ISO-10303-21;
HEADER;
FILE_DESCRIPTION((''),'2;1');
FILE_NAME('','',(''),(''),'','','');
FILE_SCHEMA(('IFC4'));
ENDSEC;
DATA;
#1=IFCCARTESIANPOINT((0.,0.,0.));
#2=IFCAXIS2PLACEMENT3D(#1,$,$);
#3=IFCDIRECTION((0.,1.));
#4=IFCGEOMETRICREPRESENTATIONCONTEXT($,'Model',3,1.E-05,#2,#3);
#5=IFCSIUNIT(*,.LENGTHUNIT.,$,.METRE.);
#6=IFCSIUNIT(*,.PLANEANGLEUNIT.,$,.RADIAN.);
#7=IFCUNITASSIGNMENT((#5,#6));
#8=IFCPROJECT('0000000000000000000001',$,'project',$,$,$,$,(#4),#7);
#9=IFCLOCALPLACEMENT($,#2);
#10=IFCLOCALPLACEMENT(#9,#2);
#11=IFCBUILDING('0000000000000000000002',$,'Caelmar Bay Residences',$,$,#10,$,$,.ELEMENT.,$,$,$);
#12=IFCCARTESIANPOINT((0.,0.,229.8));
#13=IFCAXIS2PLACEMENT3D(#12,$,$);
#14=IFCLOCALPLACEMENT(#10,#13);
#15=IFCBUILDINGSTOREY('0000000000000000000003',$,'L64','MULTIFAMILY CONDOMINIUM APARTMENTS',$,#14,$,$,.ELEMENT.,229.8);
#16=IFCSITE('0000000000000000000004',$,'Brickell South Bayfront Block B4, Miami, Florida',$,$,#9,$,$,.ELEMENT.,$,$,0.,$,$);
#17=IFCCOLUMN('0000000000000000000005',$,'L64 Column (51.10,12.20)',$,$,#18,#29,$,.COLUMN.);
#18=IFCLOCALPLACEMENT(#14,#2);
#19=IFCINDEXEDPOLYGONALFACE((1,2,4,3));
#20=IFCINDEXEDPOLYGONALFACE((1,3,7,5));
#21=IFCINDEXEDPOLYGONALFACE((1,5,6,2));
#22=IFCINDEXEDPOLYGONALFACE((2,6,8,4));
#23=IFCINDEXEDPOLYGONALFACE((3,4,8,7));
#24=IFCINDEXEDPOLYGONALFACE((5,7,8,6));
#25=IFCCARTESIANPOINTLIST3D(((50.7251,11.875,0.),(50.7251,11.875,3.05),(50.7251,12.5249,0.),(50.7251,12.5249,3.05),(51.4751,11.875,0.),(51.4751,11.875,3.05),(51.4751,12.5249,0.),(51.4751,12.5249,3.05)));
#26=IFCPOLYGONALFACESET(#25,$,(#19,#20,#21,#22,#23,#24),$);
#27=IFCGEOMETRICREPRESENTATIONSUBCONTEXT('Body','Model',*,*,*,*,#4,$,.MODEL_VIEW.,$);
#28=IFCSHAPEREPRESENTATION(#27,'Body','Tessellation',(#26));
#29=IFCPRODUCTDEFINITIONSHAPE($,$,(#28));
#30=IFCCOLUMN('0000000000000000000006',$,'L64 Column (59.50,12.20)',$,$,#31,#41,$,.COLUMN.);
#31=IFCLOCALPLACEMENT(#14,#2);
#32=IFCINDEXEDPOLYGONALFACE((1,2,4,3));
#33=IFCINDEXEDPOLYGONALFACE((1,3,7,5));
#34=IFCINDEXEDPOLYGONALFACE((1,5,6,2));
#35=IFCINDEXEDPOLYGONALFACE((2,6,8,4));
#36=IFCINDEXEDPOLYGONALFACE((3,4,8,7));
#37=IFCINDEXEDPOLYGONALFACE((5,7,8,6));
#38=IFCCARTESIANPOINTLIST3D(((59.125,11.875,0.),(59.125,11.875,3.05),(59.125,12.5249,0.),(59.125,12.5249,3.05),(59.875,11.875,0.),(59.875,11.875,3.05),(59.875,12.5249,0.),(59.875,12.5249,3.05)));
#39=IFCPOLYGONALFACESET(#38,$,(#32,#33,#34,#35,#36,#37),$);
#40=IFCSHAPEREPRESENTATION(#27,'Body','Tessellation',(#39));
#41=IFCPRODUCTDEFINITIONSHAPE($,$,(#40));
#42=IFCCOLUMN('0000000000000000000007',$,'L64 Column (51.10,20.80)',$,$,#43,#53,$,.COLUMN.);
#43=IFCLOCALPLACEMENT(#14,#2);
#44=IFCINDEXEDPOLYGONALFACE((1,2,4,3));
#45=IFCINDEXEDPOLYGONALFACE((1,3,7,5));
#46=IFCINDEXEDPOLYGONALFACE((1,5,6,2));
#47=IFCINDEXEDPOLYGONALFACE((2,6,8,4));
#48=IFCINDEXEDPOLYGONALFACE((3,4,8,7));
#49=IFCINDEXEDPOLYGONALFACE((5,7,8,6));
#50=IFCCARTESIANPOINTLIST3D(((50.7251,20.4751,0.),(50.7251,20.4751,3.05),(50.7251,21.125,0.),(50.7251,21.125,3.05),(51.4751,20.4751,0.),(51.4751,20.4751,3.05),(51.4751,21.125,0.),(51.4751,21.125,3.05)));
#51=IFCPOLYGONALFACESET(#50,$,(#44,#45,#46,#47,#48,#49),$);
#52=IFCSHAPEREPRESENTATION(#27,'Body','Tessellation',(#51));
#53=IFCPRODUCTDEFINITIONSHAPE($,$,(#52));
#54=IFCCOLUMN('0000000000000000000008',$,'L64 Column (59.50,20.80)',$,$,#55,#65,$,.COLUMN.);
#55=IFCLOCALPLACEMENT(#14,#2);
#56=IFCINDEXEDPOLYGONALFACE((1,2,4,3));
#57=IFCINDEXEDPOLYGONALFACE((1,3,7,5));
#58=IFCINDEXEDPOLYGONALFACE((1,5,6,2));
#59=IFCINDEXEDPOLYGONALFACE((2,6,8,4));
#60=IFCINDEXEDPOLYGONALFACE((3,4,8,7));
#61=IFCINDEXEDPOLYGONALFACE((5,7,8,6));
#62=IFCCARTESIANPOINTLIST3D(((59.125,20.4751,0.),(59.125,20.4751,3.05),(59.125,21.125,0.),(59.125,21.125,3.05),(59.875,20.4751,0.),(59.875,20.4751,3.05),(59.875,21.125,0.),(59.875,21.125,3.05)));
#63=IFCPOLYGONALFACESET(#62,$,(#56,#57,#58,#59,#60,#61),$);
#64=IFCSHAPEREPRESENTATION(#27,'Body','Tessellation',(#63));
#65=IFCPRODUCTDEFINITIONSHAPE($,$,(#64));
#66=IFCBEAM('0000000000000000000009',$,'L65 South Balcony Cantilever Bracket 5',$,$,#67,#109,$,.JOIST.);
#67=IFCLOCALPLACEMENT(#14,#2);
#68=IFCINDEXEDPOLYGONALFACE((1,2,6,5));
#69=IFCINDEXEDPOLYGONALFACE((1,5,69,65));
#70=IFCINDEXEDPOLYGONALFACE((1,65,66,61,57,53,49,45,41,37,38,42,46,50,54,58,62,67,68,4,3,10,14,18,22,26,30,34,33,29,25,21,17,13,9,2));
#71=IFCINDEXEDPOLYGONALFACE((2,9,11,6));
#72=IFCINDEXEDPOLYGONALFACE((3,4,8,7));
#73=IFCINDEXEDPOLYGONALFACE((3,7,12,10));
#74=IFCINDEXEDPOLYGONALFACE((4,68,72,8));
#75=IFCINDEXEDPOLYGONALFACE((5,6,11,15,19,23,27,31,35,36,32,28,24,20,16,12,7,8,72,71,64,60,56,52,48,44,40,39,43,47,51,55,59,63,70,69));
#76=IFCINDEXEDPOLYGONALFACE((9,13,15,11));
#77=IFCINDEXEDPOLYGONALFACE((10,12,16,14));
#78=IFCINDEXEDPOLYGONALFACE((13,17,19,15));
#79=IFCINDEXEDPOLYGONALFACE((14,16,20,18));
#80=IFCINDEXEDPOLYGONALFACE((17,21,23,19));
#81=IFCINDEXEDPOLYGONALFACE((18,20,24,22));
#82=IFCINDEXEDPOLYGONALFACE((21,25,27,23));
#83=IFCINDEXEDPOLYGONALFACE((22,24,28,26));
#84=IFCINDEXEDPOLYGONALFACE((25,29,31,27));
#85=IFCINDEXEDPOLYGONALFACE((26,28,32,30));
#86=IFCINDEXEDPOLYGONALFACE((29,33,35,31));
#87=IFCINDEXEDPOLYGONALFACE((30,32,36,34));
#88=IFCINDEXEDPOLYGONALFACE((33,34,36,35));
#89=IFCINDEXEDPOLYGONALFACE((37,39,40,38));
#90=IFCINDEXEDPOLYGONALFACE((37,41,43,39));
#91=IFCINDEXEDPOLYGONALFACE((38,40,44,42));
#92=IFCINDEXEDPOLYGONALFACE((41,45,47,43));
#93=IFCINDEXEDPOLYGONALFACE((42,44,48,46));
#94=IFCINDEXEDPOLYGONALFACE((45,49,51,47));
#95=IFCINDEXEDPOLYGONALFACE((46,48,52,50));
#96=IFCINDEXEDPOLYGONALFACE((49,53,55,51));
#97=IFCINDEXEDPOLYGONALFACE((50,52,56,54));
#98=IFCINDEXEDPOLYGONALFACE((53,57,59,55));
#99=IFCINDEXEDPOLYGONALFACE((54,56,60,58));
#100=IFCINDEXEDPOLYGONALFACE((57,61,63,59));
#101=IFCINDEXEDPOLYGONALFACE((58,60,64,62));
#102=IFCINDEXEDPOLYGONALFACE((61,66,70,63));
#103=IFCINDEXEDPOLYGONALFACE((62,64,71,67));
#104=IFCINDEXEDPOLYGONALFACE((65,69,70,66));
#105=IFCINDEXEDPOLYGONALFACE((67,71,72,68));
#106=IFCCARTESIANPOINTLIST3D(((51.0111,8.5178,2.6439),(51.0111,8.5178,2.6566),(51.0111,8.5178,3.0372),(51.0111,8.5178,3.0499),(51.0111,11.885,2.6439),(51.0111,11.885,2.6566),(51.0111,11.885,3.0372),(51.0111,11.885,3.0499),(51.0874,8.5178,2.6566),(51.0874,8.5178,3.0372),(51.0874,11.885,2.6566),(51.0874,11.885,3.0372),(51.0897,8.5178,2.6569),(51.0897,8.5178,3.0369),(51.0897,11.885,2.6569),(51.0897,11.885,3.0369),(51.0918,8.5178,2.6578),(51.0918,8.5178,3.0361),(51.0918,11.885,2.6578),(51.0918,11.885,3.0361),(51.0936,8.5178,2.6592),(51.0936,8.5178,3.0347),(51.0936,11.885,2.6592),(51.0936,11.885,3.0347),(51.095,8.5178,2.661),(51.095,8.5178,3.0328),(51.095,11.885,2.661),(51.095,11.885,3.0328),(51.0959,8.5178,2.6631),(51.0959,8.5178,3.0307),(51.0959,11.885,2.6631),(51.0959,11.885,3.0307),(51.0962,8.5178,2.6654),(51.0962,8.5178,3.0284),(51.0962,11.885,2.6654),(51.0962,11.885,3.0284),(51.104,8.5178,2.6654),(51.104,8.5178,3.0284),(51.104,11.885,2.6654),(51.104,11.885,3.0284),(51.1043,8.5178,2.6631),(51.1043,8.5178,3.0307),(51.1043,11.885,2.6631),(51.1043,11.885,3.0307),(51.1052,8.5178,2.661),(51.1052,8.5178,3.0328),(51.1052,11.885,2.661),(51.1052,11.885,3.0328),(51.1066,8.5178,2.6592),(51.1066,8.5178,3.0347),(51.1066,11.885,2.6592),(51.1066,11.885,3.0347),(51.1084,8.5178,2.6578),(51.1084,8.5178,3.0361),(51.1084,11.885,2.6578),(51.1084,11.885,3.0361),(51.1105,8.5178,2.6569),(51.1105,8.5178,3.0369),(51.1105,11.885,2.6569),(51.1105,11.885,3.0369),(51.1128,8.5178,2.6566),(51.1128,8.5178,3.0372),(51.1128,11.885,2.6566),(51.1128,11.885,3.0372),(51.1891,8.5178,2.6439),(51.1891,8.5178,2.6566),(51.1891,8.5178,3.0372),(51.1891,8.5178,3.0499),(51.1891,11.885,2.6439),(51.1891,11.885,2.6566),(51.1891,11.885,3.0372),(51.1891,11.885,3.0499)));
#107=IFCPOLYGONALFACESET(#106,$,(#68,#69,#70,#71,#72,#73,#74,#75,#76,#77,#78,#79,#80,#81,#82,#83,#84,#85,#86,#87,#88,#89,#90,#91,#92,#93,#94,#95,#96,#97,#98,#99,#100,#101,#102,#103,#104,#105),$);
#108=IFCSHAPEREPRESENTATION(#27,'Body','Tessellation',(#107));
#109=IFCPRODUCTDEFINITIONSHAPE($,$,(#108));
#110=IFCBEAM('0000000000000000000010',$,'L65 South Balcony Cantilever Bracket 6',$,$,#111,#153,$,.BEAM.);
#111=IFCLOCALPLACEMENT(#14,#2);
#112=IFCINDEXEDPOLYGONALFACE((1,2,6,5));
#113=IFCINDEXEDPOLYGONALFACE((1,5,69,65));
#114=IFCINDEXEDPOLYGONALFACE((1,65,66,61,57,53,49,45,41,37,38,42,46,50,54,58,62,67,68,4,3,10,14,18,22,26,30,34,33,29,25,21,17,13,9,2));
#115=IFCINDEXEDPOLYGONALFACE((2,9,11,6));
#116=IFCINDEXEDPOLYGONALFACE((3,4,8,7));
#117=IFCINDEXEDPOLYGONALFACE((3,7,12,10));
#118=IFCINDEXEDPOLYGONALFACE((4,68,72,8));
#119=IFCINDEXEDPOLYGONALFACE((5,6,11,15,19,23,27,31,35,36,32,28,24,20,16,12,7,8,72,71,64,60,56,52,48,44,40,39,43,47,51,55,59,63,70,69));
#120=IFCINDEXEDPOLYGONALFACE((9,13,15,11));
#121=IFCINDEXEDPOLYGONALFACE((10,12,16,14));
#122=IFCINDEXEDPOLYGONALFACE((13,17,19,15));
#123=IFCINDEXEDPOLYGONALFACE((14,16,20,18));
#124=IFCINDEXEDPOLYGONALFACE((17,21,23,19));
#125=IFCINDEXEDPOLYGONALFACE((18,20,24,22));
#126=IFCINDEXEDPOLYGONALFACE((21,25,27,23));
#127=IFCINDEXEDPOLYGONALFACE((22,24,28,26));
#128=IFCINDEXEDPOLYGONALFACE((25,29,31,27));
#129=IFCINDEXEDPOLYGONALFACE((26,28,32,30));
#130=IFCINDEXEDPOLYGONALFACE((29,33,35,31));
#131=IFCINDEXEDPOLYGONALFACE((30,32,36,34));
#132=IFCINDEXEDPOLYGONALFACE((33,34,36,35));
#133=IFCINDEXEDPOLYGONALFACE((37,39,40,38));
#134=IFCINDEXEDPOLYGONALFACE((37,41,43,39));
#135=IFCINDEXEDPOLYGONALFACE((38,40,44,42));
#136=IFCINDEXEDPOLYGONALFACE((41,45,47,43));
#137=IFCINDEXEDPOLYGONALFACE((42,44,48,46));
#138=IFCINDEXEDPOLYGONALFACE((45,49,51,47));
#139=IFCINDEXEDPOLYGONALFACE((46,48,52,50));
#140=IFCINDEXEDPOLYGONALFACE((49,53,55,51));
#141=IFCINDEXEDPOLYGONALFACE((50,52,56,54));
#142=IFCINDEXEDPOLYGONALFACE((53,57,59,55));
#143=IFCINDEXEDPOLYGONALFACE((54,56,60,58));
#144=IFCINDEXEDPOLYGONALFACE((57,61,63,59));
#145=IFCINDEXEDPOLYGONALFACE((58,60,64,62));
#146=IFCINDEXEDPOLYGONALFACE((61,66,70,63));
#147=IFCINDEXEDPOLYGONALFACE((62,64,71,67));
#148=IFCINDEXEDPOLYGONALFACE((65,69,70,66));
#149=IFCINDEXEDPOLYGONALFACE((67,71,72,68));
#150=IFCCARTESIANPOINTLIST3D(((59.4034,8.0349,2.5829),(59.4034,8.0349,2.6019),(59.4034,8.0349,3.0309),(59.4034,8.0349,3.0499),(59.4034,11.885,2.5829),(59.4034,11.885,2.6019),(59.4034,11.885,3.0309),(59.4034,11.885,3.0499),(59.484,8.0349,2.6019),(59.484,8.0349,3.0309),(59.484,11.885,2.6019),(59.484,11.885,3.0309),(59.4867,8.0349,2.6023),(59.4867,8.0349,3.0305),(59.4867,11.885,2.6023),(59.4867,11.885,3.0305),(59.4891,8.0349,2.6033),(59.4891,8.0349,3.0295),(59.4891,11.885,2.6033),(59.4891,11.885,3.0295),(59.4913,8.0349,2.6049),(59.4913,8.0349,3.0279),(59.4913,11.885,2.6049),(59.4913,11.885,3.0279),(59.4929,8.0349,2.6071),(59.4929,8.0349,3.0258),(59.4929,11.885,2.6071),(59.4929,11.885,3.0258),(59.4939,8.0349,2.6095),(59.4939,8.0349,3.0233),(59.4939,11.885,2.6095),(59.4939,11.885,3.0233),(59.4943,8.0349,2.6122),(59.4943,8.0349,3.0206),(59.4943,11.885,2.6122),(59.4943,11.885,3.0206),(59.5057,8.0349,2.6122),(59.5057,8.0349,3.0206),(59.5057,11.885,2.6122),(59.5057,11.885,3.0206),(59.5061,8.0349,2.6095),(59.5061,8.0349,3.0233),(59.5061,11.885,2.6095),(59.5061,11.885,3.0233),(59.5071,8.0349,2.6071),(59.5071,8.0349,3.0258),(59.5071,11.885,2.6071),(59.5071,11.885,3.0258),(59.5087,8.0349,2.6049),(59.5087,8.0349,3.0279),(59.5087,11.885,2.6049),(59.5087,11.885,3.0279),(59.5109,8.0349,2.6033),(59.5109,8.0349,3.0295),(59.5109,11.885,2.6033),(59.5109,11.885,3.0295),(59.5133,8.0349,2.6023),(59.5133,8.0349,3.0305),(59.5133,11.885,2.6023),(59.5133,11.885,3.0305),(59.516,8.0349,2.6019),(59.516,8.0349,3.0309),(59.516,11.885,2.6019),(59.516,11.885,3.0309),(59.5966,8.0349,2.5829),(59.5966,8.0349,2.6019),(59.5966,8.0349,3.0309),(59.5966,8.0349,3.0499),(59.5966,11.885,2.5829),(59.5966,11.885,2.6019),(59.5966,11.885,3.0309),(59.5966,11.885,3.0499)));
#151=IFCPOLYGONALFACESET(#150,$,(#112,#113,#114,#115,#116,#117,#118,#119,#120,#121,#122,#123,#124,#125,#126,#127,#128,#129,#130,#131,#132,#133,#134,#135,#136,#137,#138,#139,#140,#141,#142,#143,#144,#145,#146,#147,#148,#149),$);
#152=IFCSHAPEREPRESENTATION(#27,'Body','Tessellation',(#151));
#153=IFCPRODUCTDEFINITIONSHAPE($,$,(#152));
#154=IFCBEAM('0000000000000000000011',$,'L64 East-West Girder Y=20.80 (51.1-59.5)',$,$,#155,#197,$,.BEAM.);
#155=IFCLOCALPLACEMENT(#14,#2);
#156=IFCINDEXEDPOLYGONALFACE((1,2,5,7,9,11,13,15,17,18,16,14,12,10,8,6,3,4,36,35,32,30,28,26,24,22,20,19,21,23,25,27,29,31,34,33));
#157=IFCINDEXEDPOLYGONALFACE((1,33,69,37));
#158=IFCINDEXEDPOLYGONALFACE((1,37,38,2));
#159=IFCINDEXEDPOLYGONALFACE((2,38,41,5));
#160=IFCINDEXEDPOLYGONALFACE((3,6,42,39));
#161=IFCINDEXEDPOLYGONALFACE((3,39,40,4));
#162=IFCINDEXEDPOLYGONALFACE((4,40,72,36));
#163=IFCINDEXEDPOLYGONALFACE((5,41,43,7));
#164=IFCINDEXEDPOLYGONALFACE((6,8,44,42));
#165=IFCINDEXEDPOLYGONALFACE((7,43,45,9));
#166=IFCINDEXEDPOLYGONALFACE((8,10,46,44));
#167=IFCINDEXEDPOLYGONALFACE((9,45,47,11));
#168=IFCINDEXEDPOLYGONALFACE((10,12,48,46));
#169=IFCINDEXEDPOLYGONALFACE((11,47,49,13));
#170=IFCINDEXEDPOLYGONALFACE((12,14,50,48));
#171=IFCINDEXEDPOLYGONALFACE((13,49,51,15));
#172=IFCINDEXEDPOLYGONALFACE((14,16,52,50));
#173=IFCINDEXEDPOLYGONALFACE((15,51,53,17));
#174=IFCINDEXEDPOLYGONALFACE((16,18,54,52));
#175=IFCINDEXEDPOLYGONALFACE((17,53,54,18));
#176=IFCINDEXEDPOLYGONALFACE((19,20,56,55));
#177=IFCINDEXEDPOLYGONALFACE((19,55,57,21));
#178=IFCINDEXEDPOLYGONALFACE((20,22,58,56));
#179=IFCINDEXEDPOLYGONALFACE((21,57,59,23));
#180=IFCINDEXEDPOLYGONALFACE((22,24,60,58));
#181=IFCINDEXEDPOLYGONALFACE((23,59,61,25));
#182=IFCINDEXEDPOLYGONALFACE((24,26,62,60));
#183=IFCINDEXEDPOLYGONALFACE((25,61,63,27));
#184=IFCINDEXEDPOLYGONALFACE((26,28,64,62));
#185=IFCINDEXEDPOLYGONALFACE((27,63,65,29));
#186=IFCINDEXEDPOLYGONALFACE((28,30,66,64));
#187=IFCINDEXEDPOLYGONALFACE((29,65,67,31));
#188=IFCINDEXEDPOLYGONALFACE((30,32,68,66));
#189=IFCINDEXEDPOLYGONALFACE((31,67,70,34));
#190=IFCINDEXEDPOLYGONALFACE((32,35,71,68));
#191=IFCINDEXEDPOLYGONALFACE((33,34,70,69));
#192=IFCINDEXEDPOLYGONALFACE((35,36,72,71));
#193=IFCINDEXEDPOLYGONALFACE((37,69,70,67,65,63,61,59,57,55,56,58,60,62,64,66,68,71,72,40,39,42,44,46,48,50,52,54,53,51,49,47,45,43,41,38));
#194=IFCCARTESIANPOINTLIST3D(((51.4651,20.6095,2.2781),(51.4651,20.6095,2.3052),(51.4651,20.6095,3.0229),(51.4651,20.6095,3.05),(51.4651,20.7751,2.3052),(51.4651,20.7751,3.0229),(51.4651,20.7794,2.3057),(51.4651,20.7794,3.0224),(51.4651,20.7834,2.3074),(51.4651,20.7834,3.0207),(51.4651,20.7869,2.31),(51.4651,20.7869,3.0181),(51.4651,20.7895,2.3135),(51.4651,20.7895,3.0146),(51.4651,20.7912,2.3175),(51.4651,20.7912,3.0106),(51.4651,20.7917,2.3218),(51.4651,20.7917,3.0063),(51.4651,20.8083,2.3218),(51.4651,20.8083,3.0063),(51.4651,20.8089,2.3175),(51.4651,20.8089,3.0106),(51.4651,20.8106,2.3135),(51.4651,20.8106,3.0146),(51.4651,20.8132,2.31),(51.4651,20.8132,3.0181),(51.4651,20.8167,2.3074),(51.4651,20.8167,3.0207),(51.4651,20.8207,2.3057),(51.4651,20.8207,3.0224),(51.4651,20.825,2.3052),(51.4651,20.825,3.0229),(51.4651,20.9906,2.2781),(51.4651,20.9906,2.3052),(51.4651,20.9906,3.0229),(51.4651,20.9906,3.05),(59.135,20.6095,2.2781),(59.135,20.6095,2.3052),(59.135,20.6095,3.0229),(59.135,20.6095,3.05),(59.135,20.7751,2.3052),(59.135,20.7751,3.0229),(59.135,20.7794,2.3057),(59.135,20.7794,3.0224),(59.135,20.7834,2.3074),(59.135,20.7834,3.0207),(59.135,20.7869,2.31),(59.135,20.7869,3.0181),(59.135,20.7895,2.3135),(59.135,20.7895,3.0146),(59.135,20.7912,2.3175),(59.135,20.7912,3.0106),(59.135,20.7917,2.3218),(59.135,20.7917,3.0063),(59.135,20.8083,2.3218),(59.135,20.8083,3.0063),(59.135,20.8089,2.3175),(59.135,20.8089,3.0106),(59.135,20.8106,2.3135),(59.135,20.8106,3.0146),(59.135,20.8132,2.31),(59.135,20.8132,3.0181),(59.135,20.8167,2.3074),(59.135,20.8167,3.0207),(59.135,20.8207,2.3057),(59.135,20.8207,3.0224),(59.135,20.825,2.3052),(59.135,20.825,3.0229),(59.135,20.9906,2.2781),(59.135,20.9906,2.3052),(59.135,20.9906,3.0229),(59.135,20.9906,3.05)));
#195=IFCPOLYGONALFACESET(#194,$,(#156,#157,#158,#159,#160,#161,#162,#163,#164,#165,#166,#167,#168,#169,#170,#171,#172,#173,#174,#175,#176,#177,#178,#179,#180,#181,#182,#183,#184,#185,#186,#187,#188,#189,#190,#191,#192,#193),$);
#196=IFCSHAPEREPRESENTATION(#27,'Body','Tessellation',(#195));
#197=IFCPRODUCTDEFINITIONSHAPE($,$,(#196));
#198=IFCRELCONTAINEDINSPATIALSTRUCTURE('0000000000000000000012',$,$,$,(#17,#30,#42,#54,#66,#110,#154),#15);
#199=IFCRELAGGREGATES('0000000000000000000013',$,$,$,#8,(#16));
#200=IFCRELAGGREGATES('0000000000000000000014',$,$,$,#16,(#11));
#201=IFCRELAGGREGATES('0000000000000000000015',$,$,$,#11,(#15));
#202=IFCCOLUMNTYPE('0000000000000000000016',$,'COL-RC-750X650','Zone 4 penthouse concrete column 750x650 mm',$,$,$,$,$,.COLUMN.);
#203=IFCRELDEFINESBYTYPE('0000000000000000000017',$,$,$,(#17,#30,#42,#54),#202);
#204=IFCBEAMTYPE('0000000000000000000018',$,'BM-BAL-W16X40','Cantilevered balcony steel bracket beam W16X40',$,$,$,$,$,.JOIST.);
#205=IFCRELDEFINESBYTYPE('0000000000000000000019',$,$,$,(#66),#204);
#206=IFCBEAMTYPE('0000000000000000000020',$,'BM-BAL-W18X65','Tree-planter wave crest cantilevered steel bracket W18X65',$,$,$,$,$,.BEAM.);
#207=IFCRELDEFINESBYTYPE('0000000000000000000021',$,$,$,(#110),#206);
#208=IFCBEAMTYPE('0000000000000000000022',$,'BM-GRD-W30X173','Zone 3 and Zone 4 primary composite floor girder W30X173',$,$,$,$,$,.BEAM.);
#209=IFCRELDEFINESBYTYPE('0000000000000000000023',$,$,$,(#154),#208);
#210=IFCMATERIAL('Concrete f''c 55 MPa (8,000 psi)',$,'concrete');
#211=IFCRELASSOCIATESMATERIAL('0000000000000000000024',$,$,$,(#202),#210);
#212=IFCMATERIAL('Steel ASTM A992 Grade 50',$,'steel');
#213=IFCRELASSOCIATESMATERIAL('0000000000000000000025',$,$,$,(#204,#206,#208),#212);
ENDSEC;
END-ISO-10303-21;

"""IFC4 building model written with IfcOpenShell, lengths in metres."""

from ifc_helpers import new_model, si_unit, direction, frame, origin, origin_2d, place, context, subcontext, project, spatial, rectangle, i_section, extrude, material, material_profile, profile_set, type_object, element, save


model = new_model("IFC4")

# Units and contexts
model_context = context("Model", 3, precision=1e-05, world=origin(), true_north=direction((0.0, 1.0)))
body_context = subcontext(model_context, "Body", "Model", "MODEL_VIEW")
ifc_project = project(units=[si_unit("LENGTHUNIT", "METRE"), si_unit("PLANEANGLEUNIT", "RADIAN")], contexts=[model_context])

# Site, building, storey
site_placement = place(None, origin())
site = spatial("IfcSite", under=ifc_project, at=site_placement, Name="Brickell South Bayfront Block B4, Miami, Florida", CompositionType="ELEMENT", RefElevation=0.0)
building_placement = place(site_placement, origin())
building = spatial("IfcBuilding", under=site, at=building_placement, Name="Caelmar Bay Residences", CompositionType="ELEMENT")
storey_placement = place(building_placement, frame((0.0, 0.0, 229.8)))
storey = spatial("IfcBuildingStorey", under=building, at=storey_placement, Name="L64", Description="MULTIFAMILY CONDOMINIUM APARTMENTS", CompositionType="ELEMENT", Elevation=229.8)

# Columns
ifc_material_1 = material(Name="Concrete f'c 55 MPa (8,000 psi)", Category="concrete")
ifc_material_profile_1 = material_profile(ifc_material_1, rectangle(XDim=0.75, YDim=0.6499, at=origin_2d()), Name="RC-COL-750X650")
ifc_profile_set_1 = profile_set([ifc_material_profile_1], Name="Concrete f'c 55 MPa (8,000 psi)")
column_type = type_object("IfcColumnType", Name="COL-RC-750X650", Description="Zone 4 penthouse concrete column 750x650 mm", PredefinedType="COLUMN", material=ifc_profile_set_1)
for number, where, z_axis, x_axis, name in (
    (1, (51.1001, 12.2, 0.0), (0.0, 0.0, 1.0), (1.0, 0.0, 0.0), "L64 Column (51.10,12.20)"),
    (2, (59.5, 12.2, 0.0), (0.0, 0.0, 1.0), (1.0, 0.0, 0.0), "L64 Column (59.50,12.20)"),
    (3, (51.1001, 20.8, 0.0), (0.0, 0.0, 1.0), (1.0, 0.0, 0.0), "L64 Column (51.10,20.80)"),
    (4, (59.5, 20.8, 0.0), (0.0, 0.0, 1.0), (1.0, 0.0, 0.0), "L64 Column (59.50,20.80)"),
):
    element("IfcColumn", number, at=place(storey_placement, frame(where, z_axis=z_axis, x_axis=x_axis)), inside=storey, type_object=column_type, Name=name, PredefinedType="COLUMN", context=body_context, shape_type="SweptSolid", body=[
        extrude(rectangle(XDim=0.75, YDim=0.6499, at=origin_2d()), origin(), (0.0, 0.0, 1.0), 3.05),
    ])

# Beams
ifc_material_2 = material(Name="Steel ASTM A992 Grade 50", Category="steel")
ifc_material_profile_2 = material_profile(ifc_material_2, i_section(OverallWidth=0.178, OverallDepth=0.406, WebThickness=0.0078, FlangeThickness=0.0127, FilletRadius=0.0088, at=origin_2d()), Name="W16X40")
ifc_profile_set_2 = profile_set([ifc_material_profile_2], Name="Steel ASTM A992 Grade 50")
beam_type_1 = type_object("IfcBeamType", Name="BM-BAL-W16X40", Description="Cantilevered balcony steel bracket beam W16X40", PredefinedType="JOIST", material=ifc_profile_set_2)
beam_1_placement = place(storey_placement, frame((51.1001, 11.885, 2.8469), z_axis=(0.0, -1.0, 0.0), x_axis=(1.0, 0.0, 0.0)))
element("IfcBeam", 5, at=beam_1_placement, inside=storey, type_object=beam_type_1, Name="L65 South Balcony Cantilever Bracket 5", PredefinedType="JOIST", context=body_context, shape_type="SweptSolid", body=[
    extrude(i_section(OverallWidth=0.178, OverallDepth=0.406, WebThickness=0.0078, FlangeThickness=0.0127, FilletRadius=0.0088, at=origin_2d()), origin(), (0.0, 0.0, 1.0), 3.3672),
])
ifc_material_profile_3 = material_profile(ifc_material_2, i_section(OverallWidth=0.1931, OverallDepth=0.467, WebThickness=0.0115, FlangeThickness=0.019, FilletRadius=0.0103, at=origin_2d()), Name="W18X65")
ifc_profile_set_3 = profile_set([ifc_material_profile_3], Name="Steel ASTM A992 Grade 50")
beam_type_2 = type_object("IfcBeamType", Name="BM-BAL-W18X65", Description="Tree-planter wave crest cantilevered steel bracket W18X65", PredefinedType="BEAM", material=ifc_profile_set_3)
beam_2_placement = place(storey_placement, frame((59.5, 11.885, 2.8164), z_axis=(0.0, -1.0, 0.0), x_axis=(1.0, 0.0, 0.0)))
element("IfcBeam", 6, at=beam_2_placement, inside=storey, type_object=beam_type_2, Name="L65 South Balcony Cantilever Bracket 6", PredefinedType="BEAM", context=body_context, shape_type="SweptSolid", body=[
    extrude(i_section(OverallWidth=0.1931, OverallDepth=0.467, WebThickness=0.0115, FlangeThickness=0.019, FilletRadius=0.0103, at=origin_2d()), origin(), (0.0, 0.0, 1.0), 3.8501),
])
ifc_material_profile_4 = material_profile(ifc_material_2, i_section(OverallWidth=0.3811, OverallDepth=0.772, WebThickness=0.0166, FlangeThickness=0.0271, FilletRadius=0.0166, at=origin_2d()), Name="W30X173")
ifc_profile_set_4 = profile_set([ifc_material_profile_4], Name="Steel ASTM A992 Grade 50")
beam_type_3 = type_object("IfcBeamType", Name="BM-GRD-W30X173", Description="Zone 3 and Zone 4 primary composite floor girder W30X173", PredefinedType="BEAM", material=ifc_profile_set_4)
beam_3_placement = place(storey_placement, frame((51.4651, 20.8, 2.6641), z_axis=(1.0, 0.0, 0.0), x_axis=(0.0, 1.0, 0.0)))
element("IfcBeam", 7, at=beam_3_placement, inside=storey, type_object=beam_type_3, Name="L64 East-West Girder Y=20.80 (51.1-59.5)", PredefinedType="BEAM", context=body_context, shape_type="SweptSolid", body=[
    extrude(i_section(OverallWidth=0.3811, OverallDepth=0.772, WebThickness=0.0166, FlangeThickness=0.0271, FilletRadius=0.0166, at=origin_2d()), origin(), (0.0, 0.0, 1.0), 7.6699),
])

save(model, "model.ifc")
